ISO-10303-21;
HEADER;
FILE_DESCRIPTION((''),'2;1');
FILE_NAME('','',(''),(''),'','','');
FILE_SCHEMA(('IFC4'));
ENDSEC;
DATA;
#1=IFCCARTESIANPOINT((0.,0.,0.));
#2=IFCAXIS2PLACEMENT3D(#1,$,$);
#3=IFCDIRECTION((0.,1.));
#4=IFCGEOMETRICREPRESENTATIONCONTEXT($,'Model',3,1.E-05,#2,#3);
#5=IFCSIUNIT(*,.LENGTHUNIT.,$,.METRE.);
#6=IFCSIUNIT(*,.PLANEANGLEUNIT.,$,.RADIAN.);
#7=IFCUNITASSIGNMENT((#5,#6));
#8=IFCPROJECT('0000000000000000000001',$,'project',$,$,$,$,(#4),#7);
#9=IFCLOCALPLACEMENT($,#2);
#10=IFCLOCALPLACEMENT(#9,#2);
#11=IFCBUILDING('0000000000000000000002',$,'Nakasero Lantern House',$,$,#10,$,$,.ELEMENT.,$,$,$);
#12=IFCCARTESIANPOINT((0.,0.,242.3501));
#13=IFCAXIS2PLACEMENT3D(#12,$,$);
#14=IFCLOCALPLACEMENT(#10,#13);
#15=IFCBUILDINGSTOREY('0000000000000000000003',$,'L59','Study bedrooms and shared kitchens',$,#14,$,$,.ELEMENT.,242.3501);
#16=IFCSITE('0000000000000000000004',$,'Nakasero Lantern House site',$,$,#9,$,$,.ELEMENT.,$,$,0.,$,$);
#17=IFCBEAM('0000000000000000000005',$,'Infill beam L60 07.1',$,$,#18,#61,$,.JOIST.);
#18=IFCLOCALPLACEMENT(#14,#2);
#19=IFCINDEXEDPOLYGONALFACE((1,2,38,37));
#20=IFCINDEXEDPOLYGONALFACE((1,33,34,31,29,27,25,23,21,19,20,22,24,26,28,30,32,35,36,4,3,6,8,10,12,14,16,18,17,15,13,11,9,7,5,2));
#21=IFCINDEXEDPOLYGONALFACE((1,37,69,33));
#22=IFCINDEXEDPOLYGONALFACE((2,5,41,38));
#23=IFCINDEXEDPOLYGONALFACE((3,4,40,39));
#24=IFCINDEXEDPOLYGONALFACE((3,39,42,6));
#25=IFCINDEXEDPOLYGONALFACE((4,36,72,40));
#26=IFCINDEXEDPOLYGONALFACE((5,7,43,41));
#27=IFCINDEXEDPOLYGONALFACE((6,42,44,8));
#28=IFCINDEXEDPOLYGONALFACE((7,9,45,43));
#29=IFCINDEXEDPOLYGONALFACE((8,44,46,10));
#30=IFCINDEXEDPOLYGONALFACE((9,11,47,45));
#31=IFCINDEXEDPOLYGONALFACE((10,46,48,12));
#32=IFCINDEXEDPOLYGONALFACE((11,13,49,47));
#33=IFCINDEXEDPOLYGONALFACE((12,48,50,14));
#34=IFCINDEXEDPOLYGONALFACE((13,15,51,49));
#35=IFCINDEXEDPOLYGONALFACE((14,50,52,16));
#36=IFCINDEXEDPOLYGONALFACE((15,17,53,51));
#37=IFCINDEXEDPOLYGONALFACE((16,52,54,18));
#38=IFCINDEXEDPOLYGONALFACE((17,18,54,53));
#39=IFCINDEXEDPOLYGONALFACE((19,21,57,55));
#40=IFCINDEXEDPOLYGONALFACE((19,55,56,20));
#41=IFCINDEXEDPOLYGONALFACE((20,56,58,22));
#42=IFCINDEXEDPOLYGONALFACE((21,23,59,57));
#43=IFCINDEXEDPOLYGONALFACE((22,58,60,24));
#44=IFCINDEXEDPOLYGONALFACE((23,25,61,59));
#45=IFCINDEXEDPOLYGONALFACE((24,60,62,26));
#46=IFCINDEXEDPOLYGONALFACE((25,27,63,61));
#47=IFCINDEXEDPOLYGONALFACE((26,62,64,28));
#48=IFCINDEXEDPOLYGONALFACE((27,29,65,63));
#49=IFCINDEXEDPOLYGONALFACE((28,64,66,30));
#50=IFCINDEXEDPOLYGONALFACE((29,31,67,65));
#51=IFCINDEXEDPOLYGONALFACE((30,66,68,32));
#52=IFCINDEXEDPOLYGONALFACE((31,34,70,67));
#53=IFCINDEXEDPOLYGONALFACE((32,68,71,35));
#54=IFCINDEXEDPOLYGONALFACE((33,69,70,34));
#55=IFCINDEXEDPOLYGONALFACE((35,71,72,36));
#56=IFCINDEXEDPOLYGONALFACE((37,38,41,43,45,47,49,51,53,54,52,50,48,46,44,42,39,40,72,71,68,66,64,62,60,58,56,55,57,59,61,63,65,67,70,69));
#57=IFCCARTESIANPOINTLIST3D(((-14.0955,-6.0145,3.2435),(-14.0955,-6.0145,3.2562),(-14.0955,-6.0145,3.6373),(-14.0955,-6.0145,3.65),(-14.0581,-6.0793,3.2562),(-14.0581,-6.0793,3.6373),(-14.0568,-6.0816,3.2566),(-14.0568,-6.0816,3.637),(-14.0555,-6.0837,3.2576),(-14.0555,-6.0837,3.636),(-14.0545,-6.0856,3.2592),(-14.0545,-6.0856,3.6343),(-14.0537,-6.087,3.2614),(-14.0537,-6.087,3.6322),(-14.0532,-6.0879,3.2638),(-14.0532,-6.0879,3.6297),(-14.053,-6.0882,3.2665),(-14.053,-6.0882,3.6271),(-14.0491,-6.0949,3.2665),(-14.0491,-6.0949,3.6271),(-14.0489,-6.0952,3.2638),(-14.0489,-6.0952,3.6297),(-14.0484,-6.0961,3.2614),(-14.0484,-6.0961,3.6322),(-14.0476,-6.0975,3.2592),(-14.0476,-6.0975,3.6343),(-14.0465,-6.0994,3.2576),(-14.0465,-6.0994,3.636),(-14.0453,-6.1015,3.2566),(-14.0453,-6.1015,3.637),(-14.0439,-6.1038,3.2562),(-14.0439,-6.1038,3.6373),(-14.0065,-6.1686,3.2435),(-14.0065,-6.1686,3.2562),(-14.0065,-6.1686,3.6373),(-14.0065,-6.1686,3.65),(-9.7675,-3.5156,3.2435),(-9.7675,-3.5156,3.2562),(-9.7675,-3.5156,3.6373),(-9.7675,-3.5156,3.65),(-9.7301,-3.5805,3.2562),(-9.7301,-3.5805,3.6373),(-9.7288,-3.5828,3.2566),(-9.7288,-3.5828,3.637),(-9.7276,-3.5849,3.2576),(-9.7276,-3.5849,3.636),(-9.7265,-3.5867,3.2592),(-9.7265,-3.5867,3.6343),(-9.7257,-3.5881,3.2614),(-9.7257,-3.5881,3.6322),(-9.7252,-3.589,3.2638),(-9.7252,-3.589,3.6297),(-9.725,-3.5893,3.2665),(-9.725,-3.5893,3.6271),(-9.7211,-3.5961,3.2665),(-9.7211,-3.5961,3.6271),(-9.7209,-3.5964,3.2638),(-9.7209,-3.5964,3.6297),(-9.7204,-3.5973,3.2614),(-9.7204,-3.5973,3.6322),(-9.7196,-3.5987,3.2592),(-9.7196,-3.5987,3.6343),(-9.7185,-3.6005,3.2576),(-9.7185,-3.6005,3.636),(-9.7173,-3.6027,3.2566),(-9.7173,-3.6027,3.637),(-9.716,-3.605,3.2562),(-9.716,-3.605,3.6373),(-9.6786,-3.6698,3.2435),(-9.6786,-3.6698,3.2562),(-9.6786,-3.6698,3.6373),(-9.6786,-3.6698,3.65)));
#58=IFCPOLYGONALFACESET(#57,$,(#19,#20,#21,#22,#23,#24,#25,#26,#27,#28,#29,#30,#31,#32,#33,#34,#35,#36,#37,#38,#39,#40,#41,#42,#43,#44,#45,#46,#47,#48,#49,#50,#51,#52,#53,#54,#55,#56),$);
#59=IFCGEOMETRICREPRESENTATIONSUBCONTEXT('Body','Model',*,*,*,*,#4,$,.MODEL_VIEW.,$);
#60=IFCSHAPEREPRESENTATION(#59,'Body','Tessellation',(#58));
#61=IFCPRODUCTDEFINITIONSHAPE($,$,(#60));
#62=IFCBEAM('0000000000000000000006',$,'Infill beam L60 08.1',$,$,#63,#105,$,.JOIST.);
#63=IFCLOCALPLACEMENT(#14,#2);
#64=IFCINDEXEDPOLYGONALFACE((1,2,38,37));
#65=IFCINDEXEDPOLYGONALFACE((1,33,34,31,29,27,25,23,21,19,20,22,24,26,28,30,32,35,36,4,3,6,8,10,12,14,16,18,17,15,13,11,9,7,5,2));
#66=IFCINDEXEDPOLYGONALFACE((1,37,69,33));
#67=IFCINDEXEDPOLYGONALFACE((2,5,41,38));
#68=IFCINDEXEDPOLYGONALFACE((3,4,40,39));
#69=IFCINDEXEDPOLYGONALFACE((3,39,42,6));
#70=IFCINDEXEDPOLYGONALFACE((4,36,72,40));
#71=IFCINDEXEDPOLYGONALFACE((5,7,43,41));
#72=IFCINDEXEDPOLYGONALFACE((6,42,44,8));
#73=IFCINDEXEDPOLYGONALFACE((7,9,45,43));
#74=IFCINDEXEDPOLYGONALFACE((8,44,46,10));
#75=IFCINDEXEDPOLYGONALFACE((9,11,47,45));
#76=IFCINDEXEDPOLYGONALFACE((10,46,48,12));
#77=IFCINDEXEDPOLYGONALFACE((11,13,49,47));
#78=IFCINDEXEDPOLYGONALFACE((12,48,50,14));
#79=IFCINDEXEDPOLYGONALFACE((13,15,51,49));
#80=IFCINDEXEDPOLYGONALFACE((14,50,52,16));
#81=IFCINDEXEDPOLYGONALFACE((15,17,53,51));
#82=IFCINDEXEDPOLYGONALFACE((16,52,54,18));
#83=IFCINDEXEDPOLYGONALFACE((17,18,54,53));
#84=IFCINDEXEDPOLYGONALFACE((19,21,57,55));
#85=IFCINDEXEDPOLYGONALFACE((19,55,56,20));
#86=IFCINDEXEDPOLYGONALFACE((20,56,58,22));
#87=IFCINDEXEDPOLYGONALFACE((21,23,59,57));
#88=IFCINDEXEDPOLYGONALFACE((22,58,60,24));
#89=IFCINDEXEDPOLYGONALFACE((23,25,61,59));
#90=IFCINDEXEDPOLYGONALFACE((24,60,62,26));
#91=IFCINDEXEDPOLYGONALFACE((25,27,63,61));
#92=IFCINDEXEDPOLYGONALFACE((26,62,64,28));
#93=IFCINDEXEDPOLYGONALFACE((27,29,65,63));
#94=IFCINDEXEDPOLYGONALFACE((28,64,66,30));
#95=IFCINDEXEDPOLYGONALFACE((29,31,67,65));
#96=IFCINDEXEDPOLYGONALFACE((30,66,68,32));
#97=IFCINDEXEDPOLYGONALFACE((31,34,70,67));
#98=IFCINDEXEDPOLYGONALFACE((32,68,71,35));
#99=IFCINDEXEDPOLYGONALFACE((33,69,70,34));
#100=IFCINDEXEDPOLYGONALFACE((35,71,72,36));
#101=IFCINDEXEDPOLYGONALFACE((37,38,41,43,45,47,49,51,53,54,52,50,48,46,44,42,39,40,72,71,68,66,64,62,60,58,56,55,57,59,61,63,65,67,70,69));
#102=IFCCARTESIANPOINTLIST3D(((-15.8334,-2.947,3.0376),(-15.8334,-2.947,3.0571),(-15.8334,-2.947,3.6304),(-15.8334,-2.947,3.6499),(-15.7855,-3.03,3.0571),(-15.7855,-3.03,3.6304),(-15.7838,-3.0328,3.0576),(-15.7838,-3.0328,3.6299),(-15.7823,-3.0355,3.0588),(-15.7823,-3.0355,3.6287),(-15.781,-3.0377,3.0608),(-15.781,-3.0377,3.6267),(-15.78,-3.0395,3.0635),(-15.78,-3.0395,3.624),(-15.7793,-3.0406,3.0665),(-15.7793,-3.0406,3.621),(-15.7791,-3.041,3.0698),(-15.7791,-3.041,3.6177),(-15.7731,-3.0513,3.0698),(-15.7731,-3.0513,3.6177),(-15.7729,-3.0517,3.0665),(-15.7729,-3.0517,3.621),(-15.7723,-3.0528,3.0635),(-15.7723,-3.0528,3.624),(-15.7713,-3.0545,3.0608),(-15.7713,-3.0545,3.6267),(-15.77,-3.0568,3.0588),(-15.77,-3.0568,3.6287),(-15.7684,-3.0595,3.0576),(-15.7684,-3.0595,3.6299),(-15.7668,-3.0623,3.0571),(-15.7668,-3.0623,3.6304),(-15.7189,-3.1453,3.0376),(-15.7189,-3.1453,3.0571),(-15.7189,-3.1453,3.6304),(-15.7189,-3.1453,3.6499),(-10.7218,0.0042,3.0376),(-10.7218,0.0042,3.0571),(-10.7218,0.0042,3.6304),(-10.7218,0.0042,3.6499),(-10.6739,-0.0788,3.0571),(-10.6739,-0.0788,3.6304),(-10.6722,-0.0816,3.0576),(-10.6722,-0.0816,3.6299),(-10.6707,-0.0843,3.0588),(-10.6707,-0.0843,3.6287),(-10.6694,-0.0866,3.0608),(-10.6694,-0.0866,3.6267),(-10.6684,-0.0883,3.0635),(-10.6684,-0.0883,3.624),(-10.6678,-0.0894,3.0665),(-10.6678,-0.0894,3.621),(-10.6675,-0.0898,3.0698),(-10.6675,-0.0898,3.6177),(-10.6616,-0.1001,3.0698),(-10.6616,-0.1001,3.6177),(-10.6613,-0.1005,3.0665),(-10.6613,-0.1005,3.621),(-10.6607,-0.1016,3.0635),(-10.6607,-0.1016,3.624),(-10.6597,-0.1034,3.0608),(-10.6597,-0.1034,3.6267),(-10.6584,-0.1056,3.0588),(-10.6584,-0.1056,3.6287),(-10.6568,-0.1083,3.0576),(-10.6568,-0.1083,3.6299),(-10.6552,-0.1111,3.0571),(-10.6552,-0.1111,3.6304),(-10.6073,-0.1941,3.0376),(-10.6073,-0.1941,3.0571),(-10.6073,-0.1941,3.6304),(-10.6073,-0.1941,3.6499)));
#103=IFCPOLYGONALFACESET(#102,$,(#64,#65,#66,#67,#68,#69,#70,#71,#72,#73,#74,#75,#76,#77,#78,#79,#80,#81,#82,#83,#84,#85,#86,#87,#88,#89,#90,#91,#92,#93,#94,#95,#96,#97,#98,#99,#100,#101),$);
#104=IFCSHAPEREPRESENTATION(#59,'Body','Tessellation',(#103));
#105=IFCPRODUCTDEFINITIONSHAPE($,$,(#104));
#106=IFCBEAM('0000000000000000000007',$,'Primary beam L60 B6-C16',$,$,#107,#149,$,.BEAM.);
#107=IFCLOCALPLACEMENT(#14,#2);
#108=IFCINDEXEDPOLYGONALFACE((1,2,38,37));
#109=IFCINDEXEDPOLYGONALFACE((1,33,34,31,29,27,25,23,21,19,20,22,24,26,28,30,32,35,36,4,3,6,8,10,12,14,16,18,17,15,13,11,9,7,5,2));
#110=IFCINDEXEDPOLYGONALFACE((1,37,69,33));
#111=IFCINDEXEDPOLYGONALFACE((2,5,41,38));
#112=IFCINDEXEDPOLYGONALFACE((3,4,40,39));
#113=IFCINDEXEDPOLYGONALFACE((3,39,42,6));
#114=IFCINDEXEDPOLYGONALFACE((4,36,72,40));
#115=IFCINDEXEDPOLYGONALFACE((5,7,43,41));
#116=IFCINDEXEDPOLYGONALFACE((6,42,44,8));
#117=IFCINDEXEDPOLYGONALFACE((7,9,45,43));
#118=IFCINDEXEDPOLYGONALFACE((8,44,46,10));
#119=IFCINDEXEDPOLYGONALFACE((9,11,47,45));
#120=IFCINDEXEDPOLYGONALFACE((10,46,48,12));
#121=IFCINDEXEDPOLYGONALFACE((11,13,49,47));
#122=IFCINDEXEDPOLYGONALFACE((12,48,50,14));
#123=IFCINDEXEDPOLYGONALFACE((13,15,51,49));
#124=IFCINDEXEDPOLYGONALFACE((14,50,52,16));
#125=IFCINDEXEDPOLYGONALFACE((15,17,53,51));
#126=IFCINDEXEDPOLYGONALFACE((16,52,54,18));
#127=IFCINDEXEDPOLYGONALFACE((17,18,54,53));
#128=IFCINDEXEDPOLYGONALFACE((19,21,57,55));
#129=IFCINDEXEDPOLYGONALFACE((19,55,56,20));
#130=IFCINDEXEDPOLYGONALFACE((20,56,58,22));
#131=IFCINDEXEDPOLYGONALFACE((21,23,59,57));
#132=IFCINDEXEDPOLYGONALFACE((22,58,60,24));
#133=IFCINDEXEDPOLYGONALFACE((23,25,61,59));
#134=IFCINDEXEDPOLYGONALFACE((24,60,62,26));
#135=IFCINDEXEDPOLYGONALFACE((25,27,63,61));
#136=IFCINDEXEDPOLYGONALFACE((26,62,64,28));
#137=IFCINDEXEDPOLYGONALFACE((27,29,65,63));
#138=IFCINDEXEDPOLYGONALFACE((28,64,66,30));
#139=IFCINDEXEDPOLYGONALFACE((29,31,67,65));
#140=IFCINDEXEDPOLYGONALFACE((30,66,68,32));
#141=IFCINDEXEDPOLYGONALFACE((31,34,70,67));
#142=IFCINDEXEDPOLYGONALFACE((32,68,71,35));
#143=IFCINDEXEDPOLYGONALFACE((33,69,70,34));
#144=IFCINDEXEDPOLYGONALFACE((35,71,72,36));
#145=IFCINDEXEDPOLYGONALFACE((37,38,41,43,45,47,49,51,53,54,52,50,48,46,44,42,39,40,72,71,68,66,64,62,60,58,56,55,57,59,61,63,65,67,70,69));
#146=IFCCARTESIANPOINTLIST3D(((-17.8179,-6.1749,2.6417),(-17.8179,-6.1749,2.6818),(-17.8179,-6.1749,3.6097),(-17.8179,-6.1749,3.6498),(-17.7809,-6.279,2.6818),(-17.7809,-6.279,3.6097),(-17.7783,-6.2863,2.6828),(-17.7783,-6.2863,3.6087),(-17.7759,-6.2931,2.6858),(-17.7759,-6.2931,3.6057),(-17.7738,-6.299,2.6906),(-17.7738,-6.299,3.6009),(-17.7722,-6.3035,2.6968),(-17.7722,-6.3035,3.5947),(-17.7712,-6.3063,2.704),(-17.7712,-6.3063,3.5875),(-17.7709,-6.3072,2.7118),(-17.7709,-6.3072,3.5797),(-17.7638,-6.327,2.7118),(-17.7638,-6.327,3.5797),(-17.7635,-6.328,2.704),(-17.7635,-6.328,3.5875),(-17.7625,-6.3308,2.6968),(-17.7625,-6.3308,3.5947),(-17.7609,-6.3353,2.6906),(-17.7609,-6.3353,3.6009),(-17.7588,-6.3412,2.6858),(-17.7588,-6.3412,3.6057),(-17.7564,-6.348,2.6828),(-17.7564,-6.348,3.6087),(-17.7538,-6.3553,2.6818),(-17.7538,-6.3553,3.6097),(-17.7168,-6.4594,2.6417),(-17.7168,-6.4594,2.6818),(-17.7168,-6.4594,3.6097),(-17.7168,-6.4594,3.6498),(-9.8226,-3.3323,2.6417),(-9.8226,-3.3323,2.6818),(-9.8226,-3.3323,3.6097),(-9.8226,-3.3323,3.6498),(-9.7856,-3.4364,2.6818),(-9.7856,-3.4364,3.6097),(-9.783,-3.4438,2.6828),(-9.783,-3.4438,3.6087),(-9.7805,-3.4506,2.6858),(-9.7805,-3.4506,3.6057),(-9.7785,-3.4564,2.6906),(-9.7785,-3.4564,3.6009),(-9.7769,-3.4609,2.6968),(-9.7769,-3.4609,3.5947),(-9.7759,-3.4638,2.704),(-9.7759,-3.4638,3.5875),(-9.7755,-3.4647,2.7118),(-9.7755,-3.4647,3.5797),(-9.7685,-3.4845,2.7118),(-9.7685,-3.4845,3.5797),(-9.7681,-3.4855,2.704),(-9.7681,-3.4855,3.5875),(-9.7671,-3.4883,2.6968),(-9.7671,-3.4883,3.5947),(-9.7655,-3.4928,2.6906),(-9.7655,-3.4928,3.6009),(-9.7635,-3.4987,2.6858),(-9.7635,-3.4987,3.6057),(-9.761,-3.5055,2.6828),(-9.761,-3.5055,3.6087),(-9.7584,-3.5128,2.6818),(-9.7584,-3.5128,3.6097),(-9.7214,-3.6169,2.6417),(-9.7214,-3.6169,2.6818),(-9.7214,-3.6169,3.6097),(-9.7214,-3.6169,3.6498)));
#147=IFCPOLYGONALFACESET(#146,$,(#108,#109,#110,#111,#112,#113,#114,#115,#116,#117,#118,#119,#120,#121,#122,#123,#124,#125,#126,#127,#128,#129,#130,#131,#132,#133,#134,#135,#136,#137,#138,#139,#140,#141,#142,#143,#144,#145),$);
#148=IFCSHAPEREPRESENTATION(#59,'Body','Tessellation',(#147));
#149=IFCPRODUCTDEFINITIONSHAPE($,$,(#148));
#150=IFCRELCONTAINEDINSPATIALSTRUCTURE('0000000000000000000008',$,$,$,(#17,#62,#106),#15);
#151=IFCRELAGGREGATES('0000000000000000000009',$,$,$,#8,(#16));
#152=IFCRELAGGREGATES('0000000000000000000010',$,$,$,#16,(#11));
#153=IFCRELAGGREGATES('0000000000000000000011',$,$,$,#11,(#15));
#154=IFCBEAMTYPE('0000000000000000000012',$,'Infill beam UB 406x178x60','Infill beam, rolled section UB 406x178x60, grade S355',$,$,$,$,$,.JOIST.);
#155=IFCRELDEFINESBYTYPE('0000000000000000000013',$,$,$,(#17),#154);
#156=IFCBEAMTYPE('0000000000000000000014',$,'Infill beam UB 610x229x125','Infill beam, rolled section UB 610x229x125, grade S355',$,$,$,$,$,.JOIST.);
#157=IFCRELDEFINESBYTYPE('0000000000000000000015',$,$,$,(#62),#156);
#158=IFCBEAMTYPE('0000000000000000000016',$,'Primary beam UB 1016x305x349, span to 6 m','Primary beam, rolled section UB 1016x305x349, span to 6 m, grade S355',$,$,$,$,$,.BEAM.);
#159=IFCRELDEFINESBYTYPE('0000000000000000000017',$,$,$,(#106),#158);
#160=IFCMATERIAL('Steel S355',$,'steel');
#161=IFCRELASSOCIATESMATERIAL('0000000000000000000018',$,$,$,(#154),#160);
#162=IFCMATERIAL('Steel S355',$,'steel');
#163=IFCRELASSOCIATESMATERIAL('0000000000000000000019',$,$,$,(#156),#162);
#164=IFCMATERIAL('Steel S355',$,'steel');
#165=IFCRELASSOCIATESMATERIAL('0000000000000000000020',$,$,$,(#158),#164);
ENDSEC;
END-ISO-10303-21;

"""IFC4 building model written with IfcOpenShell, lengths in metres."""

from ifc_helpers import new_model, si_unit, direction, frame, origin, origin_2d, place, context, subcontext, project, spatial, i_section, extrude, material, material_profile, profile_set, type_object, element, save


model = new_model("IFC4")

# Units and contexts
model_context = context("Model", 3, precision=1e-05, world=origin(), true_north=direction((0.0, 1.0)))
body_context = subcontext(model_context, "Body", "Model", "MODEL_VIEW")
ifc_project = project(units=[si_unit("LENGTHUNIT", "METRE"), si_unit("PLANEANGLEUNIT", "RADIAN")], contexts=[model_context])

# Site, building, storey
site_placement = place(None, origin())
site = spatial("IfcSite", under=ifc_project, at=site_placement, Name="Nakasero Lantern House site", CompositionType="ELEMENT", RefElevation=0.0)
building_placement = place(site_placement, origin())
building = spatial("IfcBuilding", under=site, at=building_placement, Name="Nakasero Lantern House", CompositionType="ELEMENT")
storey_placement = place(building_placement, frame((0.0, 0.0, 242.3501)))
storey = spatial("IfcBuildingStorey", under=building, at=storey_placement, Name="L59", Description="Study bedrooms and shared kitchens", CompositionType="ELEMENT", Elevation=242.3501)

# Beams
ifc_material_1 = material(Name="Steel S355", Category="steel")
ifc_material_profile_1 = material_profile(ifc_material_1, i_section(OverallWidth=0.178, OverallDepth=0.4065, WebThickness=0.0078, FlangeThickness=0.0127, FilletRadius=0.0103, at=origin_2d()), Name="UB 406x178x60")
ifc_profile_set_1 = profile_set([ifc_material_profile_1], Name="Steel S355")
beam_type_1 = type_object("IfcBeamType", Name="Infill beam UB 406x178x60", Description="Infill beam, rolled section UB 406x178x60, grade S355", PredefinedType="JOIST", material=ifc_profile_set_1)
beam_1_placement = place(storey_placement, frame((-14.051, -6.0916, 3.4468), z_axis=(0.866019, 0.500011, 0.0), x_axis=(-0.500011, 0.866019, 0.0)))
element("IfcBeam", 1, at=beam_1_placement, inside=storey, type_object=beam_type_1, Name="Infill beam L60 07.1", PredefinedType="JOIST", context=body_context, shape_type="SweptSolid", body=[
    extrude(i_section(OverallWidth=0.178, OverallDepth=0.4065, WebThickness=0.0078, FlangeThickness=0.0127, FilletRadius=0.0103, at=origin_2d()), origin(), (0.0, 0.0, 1.0), 4.9976),
])
ifc_material_2 = material(Name="Steel S355", Category="steel")
ifc_material_profile_2 = material_profile(ifc_material_2, i_section(OverallWidth=0.229, OverallDepth=0.6123, WebThickness=0.012, FlangeThickness=0.0195, FilletRadius=0.0127, at=origin_2d()), Name="UB 610x229x125")
ifc_profile_set_2 = profile_set([ifc_material_profile_2], Name="Steel S355")
beam_type_2 = type_object("IfcBeamType", Name="Infill beam UB 610x229x125", Description="Infill beam, rolled section UB 610x229x125, grade S355", PredefinedType="JOIST", material=ifc_profile_set_2)
beam_2_placement = place(storey_placement, frame((-15.7761, -3.0461, 3.3438), z_axis=(0.866025, 0.500001, 0.0), x_axis=(-0.500001, 0.866025, 0.0)))
element("IfcBeam", 2, at=beam_2_placement, inside=storey, type_object=beam_type_2, Name="Infill beam L60 08.1", PredefinedType="JOIST", context=body_context, shape_type="SweptSolid", body=[
    extrude(i_section(OverallWidth=0.229, OverallDepth=0.6123, WebThickness=0.012, FlangeThickness=0.0195, FilletRadius=0.0127, at=origin_2d()), origin(), (0.0, 0.0, 1.0), 5.9023),
])
ifc_material_3 = material(Name="Steel S355", Category="steel")
ifc_material_profile_3 = material_profile(ifc_material_3, i_section(OverallWidth=0.302, OverallDepth=1.0081, WebThickness=0.021, FlangeThickness=0.04, FilletRadius=0.03, at=origin_2d()), Name="UB 1016x305x349")
ifc_profile_set_3 = profile_set([ifc_material_profile_3], Name="Steel S355")
beam_type_3 = type_object("IfcBeamType", Name="Primary beam UB 1016x305x349, span to 6 m", Description="Primary beam, rolled section UB 1016x305x349, span to 6 m, grade S355", PredefinedType="BEAM", material=ifc_profile_set_3)
beam_3_placement = place(storey_placement, frame((-17.7673, -6.3171, 3.1458), z_axis=(0.942225, 0.334982, 0.0), x_axis=(-0.334982, 0.942225, 0.0)))
element("IfcBeam", 3, at=beam_3_placement, inside=storey, type_object=beam_type_3, Name="Primary beam L60 B6-C16", PredefinedType="BEAM", context=body_context, shape_type="SweptSolid", body=[
    extrude(i_section(OverallWidth=0.302, OverallDepth=1.0081, WebThickness=0.021, FlangeThickness=0.04, FilletRadius=0.03, at=origin_2d()), origin(), (0.0, 0.0, 1.0), 8.4856),
])

save(model, "model.ifc")
